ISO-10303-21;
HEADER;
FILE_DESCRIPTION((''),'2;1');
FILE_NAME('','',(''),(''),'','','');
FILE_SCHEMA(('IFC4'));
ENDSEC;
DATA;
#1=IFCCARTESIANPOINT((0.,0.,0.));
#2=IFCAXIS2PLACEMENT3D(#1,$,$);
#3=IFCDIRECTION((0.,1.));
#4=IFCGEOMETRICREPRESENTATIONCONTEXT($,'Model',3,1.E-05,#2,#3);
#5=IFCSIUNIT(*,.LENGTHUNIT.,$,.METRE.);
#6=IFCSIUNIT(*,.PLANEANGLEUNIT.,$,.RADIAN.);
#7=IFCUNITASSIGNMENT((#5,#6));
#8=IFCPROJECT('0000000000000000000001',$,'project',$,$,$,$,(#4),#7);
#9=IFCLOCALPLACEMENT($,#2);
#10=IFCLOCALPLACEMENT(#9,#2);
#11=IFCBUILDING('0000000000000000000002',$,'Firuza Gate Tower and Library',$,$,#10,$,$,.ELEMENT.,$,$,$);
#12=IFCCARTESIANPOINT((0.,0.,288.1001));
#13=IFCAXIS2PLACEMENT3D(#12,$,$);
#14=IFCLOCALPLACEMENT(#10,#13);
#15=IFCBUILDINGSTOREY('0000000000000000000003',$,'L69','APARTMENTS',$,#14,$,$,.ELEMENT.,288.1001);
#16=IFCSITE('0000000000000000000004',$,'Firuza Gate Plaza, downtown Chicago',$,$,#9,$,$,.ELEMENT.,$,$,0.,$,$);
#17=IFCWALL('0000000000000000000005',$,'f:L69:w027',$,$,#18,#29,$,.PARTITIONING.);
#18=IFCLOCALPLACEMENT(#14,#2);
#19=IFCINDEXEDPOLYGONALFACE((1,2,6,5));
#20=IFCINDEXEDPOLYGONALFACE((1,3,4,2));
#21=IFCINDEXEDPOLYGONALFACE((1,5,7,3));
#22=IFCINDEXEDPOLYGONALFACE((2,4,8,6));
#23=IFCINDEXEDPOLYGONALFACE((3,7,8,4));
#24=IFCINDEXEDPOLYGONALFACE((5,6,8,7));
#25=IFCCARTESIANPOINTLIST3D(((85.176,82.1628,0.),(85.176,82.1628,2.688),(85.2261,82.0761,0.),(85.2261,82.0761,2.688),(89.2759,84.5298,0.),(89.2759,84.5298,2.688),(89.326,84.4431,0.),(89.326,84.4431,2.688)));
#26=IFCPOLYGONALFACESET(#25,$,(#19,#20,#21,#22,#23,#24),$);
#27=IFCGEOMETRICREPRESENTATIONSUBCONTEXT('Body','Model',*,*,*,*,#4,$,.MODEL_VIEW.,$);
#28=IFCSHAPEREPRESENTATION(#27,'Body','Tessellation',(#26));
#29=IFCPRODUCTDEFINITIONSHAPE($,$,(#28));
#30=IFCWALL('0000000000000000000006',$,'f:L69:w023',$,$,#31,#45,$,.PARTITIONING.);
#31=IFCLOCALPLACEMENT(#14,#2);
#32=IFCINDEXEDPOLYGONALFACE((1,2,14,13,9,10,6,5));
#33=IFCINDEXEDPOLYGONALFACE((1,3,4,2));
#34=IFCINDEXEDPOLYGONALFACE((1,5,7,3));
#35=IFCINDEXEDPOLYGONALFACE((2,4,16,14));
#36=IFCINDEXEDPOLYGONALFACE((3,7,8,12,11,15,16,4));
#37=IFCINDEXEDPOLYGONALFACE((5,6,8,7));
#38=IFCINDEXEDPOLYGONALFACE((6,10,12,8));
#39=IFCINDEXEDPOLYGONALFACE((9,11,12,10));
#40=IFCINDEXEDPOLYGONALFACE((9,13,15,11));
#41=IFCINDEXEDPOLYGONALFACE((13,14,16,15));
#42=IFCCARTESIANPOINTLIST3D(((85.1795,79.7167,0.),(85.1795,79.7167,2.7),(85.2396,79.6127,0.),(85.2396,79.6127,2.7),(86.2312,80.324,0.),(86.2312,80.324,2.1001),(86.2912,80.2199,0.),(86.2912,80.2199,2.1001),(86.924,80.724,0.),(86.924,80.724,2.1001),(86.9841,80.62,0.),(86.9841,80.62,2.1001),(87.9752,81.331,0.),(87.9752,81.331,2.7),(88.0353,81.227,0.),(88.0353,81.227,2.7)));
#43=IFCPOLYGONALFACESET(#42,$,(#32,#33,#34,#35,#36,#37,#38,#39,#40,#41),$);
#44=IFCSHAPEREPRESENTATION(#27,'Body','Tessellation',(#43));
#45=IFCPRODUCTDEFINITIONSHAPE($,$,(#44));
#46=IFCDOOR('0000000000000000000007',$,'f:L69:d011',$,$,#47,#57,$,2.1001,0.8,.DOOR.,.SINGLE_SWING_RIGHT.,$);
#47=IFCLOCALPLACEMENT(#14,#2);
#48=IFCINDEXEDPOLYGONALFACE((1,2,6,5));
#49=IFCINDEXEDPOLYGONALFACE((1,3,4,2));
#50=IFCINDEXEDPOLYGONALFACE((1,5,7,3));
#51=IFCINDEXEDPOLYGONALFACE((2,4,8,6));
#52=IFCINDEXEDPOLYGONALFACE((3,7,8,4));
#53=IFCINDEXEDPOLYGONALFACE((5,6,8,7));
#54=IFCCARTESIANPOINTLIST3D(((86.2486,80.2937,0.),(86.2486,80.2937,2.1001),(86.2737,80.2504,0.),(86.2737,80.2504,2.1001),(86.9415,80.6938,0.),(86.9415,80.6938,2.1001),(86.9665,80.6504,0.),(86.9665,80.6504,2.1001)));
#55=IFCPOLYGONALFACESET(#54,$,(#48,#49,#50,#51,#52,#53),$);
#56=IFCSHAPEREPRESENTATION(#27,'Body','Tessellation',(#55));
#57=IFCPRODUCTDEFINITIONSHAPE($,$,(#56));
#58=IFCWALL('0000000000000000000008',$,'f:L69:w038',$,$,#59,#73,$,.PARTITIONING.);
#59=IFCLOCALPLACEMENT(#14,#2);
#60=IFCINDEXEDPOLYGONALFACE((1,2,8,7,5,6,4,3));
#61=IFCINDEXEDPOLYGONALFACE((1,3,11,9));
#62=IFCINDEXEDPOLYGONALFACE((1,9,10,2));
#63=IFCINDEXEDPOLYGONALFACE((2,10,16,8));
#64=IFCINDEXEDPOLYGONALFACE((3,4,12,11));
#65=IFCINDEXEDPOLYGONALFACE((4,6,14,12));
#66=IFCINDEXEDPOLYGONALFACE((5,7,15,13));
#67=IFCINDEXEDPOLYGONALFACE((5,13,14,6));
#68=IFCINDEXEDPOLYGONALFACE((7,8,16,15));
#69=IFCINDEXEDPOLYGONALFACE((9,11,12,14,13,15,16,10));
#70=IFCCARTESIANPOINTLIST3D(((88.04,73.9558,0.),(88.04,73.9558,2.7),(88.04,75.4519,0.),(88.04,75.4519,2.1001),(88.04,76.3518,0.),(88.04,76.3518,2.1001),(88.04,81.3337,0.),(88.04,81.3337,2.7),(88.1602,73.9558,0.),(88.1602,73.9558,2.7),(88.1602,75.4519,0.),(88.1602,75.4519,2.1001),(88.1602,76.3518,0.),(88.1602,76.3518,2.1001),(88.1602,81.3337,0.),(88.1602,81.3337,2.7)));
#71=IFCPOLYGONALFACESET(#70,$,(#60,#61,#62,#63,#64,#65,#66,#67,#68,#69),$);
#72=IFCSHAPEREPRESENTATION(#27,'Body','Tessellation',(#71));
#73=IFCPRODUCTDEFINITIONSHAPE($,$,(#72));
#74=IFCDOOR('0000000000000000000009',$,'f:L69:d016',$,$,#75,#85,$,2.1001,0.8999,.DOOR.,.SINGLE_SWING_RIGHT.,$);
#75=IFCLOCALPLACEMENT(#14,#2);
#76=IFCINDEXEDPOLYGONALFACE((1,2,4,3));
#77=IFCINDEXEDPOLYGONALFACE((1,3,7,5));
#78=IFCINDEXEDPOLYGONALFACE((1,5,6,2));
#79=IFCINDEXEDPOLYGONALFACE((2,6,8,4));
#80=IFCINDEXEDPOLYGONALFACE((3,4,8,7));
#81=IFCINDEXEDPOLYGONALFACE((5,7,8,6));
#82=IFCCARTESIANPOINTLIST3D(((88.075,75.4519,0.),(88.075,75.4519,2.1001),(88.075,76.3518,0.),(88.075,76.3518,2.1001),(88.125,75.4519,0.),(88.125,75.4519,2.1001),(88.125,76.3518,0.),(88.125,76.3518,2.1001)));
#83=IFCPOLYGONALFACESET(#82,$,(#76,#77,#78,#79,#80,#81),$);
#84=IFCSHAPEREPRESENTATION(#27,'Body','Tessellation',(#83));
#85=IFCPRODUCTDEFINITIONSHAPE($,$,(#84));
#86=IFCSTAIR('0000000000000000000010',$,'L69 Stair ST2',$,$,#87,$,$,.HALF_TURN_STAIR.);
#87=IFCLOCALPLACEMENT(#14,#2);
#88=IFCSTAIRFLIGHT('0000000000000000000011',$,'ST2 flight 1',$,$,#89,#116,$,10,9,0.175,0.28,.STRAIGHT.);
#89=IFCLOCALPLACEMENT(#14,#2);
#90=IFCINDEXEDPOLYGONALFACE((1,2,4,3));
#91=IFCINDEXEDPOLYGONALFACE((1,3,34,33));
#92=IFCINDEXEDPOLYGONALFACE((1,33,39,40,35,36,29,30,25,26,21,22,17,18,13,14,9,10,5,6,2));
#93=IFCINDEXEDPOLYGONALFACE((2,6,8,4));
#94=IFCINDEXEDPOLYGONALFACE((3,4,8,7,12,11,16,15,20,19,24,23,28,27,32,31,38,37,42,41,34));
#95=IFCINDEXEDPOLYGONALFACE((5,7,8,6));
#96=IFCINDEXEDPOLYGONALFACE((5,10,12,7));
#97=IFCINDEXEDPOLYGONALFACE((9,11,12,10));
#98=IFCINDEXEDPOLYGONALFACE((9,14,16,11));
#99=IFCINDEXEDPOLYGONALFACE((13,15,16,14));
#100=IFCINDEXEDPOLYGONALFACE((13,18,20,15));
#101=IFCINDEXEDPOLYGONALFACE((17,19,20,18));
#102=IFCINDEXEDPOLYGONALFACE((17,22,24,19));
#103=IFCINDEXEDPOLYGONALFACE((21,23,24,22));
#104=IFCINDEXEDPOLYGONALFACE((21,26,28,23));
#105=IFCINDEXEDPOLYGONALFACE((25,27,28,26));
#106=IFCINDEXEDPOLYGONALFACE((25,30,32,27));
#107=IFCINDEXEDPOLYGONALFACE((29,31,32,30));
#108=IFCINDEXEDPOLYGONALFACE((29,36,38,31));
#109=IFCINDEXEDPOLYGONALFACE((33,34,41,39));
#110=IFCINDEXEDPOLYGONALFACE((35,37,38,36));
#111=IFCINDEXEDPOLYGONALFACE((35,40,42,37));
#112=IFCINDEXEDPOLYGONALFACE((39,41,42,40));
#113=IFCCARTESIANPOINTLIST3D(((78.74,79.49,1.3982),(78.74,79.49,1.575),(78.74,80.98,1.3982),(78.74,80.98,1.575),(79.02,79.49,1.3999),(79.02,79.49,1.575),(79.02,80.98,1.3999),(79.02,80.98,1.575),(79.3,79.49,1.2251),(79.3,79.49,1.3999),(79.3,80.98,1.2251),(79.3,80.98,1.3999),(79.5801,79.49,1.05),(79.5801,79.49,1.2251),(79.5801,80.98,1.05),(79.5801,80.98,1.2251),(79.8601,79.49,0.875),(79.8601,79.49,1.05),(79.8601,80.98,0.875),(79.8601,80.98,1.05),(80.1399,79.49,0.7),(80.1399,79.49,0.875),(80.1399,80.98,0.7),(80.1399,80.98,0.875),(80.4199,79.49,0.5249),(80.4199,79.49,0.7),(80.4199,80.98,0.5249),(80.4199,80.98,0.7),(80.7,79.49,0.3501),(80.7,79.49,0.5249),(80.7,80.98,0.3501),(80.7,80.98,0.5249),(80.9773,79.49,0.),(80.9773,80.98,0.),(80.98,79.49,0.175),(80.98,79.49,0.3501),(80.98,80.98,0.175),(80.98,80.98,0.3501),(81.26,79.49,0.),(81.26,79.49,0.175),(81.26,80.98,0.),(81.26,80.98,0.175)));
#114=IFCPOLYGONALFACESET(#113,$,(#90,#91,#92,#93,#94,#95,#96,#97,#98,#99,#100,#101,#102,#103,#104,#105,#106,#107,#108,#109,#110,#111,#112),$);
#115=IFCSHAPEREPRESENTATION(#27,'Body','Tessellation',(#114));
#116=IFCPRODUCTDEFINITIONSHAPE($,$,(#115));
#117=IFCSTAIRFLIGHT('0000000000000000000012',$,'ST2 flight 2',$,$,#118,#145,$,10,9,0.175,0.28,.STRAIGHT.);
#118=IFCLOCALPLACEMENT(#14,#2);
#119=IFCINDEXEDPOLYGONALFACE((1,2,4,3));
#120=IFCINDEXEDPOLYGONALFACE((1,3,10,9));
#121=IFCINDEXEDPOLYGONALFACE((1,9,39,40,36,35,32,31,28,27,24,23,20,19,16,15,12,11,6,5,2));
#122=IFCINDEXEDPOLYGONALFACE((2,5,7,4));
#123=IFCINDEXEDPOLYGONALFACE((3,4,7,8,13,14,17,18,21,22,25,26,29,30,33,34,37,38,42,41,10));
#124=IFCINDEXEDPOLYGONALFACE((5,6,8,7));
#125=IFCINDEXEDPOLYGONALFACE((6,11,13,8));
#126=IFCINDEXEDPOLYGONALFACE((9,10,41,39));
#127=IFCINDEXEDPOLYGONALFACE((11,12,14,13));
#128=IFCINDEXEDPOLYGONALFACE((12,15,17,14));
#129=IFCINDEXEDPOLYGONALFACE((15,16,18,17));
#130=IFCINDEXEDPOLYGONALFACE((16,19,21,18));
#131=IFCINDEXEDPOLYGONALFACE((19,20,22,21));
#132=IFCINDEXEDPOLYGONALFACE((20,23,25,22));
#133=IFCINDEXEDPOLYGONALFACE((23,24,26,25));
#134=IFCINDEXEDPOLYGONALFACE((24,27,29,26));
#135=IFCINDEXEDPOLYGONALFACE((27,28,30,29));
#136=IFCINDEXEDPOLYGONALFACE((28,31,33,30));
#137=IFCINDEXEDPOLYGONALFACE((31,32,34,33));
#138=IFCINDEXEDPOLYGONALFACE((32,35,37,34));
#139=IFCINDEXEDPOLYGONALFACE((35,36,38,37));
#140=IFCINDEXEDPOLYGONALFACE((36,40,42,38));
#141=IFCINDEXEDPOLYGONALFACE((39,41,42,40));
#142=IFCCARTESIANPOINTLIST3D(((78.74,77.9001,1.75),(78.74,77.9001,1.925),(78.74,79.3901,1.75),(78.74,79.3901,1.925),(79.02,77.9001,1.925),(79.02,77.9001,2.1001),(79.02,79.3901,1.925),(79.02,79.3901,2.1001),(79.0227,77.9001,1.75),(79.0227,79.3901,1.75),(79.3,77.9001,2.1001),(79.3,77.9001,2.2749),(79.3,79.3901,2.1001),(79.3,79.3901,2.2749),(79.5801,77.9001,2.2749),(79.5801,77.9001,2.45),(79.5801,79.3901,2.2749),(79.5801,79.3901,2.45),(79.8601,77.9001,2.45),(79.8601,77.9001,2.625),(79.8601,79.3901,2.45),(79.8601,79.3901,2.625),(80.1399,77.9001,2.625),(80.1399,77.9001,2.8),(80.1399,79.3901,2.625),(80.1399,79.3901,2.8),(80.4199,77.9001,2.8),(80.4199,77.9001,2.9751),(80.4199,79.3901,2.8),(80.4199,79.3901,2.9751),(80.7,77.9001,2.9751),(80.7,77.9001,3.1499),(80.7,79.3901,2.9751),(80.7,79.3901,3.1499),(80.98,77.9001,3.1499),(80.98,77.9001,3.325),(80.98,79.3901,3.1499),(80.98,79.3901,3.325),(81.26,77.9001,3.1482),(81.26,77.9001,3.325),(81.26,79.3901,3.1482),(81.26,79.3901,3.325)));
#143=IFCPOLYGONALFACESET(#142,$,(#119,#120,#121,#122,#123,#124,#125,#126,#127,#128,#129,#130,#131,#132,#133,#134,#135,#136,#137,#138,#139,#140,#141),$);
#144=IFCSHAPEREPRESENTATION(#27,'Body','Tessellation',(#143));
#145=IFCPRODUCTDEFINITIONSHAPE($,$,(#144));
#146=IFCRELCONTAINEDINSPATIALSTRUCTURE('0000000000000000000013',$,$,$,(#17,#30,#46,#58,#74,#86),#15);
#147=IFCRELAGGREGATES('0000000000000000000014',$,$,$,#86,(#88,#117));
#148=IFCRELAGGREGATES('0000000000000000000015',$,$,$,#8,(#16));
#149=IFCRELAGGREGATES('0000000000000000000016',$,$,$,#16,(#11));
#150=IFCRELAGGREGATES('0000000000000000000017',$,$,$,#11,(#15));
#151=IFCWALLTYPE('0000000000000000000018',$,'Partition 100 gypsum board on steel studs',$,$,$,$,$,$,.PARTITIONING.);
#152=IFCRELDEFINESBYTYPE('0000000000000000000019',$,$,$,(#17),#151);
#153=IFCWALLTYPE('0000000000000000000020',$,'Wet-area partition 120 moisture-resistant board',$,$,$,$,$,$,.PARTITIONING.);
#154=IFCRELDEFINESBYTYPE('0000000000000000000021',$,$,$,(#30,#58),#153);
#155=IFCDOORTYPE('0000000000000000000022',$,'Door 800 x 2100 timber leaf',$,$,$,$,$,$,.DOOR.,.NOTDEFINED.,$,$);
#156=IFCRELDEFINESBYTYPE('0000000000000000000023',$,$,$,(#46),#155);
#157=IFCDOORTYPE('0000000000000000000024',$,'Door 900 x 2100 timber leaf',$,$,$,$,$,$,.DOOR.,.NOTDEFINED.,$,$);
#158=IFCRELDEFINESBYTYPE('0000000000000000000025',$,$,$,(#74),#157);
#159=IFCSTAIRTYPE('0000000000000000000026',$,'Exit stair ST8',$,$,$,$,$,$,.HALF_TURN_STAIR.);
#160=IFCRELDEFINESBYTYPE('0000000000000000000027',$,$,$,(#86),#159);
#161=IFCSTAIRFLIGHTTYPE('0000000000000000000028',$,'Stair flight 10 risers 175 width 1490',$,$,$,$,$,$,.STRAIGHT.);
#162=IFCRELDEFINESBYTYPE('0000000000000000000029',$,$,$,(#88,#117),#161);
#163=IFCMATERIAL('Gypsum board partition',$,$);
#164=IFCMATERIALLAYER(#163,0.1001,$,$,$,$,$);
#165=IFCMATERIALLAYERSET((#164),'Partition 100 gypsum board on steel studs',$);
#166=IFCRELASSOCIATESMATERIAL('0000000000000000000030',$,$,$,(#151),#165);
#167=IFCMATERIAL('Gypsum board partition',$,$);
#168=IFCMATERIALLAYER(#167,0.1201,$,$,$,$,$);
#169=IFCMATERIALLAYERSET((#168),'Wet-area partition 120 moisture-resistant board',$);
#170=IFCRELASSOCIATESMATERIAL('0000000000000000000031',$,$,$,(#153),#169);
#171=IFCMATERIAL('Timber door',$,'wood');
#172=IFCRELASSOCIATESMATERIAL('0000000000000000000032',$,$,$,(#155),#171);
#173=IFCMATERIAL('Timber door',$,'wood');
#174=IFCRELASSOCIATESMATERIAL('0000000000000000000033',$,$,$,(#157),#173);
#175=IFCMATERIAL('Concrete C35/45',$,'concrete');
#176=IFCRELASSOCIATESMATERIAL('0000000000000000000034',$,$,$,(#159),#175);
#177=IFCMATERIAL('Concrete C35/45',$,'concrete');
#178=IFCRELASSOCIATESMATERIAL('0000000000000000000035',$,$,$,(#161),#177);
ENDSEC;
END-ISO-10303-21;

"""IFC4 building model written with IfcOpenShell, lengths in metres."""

from ifc_helpers import new_model, si_unit, direction, frame, frame_2d, origin, place, context, subcontext, project, spatial, polyline, rectangle, outline, extrude, material, layer, layer_set, type_object, element, fill, aggregate, save


model = new_model("IFC4")

# Units and contexts
model_context = context("Model", 3, precision=1e-05, world=origin(), true_north=direction((0.0, 1.0)))
body_context = subcontext(model_context, "Body", "Model", "MODEL_VIEW")
ifc_project = project(units=[si_unit("LENGTHUNIT", "METRE"), si_unit("PLANEANGLEUNIT", "RADIAN")], contexts=[model_context])

# Site, building, storey
site_placement = place(None, origin())
site = spatial("IfcSite", under=ifc_project, at=site_placement, Name="Firuza Gate Plaza, downtown Chicago", CompositionType="ELEMENT", RefElevation=0.0)
building_placement = place(site_placement, origin())
building = spatial("IfcBuilding", under=site, at=building_placement, Name="Firuza Gate Tower and Library", CompositionType="ELEMENT")
storey_placement = place(building_placement, frame((0.0, 0.0, 288.1001)))
storey = spatial("IfcBuildingStorey", under=building, at=storey_placement, Name="L69", Description="APARTMENTS", CompositionType="ELEMENT", Elevation=288.1001)

# Shared definitions
placement = place(storey_placement, origin())

# Wall
ifc_material_1 = material(Name="Gypsum board partition")
ifc_layer_1 = layer(ifc_material_1, 0.1001)
ifc_layer_set_1 = layer_set([ifc_layer_1], Name="Partition 100 gypsum board on steel studs")
wall_type_1 = type_object("IfcWallType", Name="Partition 100 gypsum board on steel studs", PredefinedType="PARTITIONING", material=ifc_layer_set_1)
wall_1_placement = place(storey_placement, frame((85.2009, 82.1194, 0.0), z_axis=(0.0, 0.0, 1.0), x_axis=(0.866035, 0.499983, 0.0)))
element("IfcWall", 1, at=wall_1_placement, inside=storey, type_object=wall_type_1, Name="f:L69:w027", PredefinedType="PARTITIONING", context=body_context, shape_type="SweptSolid", body=[
    extrude(rectangle(XDim=4.7341, YDim=0.1001, at=frame_2d((2.3672, 0.0))), origin(), (0.0, 0.0, 1.0), 2.688),
])

# Walls, openings, doors
ifc_material_2 = material(Name="Gypsum board partition")
ifc_layer_2 = layer(ifc_material_2, 0.1201)
ifc_layer_set_2 = layer_set([ifc_layer_2], Name="Wet-area partition 120 moisture-resistant board")
wall_type_2 = type_object("IfcWallType", Name="Wet-area partition 120 moisture-resistant board", PredefinedType="PARTITIONING", material=ifc_layer_set_2)
wall_2_placement = place(storey_placement, frame((88.0054, 81.2791, 0.0), z_axis=(0.0, 0.0, 1.0), x_axis=(-0.866, -0.500043, 0.0)))
wall_2 = element("IfcWall", 2, at=wall_2_placement, inside=storey, type_object=wall_type_2, Name="f:L69:w023", PredefinedType="PARTITIONING", context=body_context, shape_type="SweptSolid", body=[
    extrude(rectangle(XDim=3.2283, YDim=0.1201, at=frame_2d((1.6143, 0.0))), origin(), (0.0, 0.0, 1.0), 2.7),
])
opening_1_placement = place(wall_2_placement, frame((1.2141, 0.0, 0.0)))
opening_1 = element("IfcOpeningElement", 3, at=opening_1_placement, cuts=wall_2, PredefinedType="OPENING", context=body_context, shape_type="SweptSolid", body=[
    extrude(rectangle(XDim=0.8, YDim=2.1001, at=frame_2d((0.3999, 1.05))), frame((0.0, 0.0701, 0.0), z_axis=(0.0, -1.0, 0.0), x_axis=(1.0, 0.0, 0.0)), (0.0, 0.0, 1.0), 0.1401),
])
ifc_material_3 = material(Name="Timber door", Category="wood")
door_type_1 = type_object("IfcDoorType", Name="Door 800 x 2100 timber leaf", OperationType="NOTDEFINED", PredefinedType="DOOR", material=ifc_material_3)
door_1_placement = place(opening_1_placement, origin())
door_1 = element("IfcDoor", 4, at=door_1_placement, inside=storey, type_object=door_type_1, Name="f:L69:d011", OperationType="SINGLE_SWING_RIGHT", OverallHeight=2.1001, OverallWidth=0.8, PredefinedType="DOOR", context=body_context, shape_type="SweptSolid", body=[
    extrude(rectangle(XDim=0.8, YDim=2.1001, at=frame_2d((0.3999, 1.05))), frame((0.0, 0.0249, 0.0), z_axis=(0.0, -1.0, 0.0), x_axis=(1.0, 0.0, 0.0)), (0.0, 0.0, 1.0), 0.05),
])
fill(opening_1, door_1)
wall_3_placement = place(storey_placement, frame((88.1001, 81.3337, 0.0), z_axis=(0.0, 0.0, 1.0), x_axis=(0.0, -1.0, 0.0)))
wall_3 = element("IfcWall", 5, at=wall_3_placement, inside=storey, type_object=wall_type_2, Name="f:L69:w038", PredefinedType="PARTITIONING", context=body_context, shape_type="SweptSolid", body=[
    extrude(rectangle(XDim=7.3779, YDim=0.1201, at=frame_2d((3.689, 0.0))), origin(), (0.0, 0.0, 1.0), 2.7),
])
opening_2_placement = place(wall_3_placement, frame((4.9819, 0.0, 0.0)))
opening_2 = element("IfcOpeningElement", 6, at=opening_2_placement, cuts=wall_3, PredefinedType="OPENING", context=body_context, shape_type="SweptSolid", body=[
    extrude(rectangle(XDim=0.8999, YDim=2.1001, at=frame_2d((0.45, 1.05))), frame((0.0, 0.0701, 0.0), z_axis=(0.0, -1.0, 0.0), x_axis=(1.0, 0.0, 0.0)), (0.0, 0.0, 1.0), 0.1401),
])
ifc_material_4 = material(Name="Timber door", Category="wood")
door_type_2 = type_object("IfcDoorType", Name="Door 900 x 2100 timber leaf", OperationType="NOTDEFINED", PredefinedType="DOOR", material=ifc_material_4)
door_2_placement = place(opening_2_placement, origin())
door_2 = element("IfcDoor", 7, at=door_2_placement, inside=storey, type_object=door_type_2, Name="f:L69:d016", OperationType="SINGLE_SWING_RIGHT", OverallHeight=2.1001, OverallWidth=0.8999, PredefinedType="DOOR", context=body_context, shape_type="SweptSolid", body=[
    extrude(rectangle(XDim=0.8999, YDim=2.1001, at=frame_2d((0.45, 1.05))), frame((0.0, 0.0249, 0.0), z_axis=(0.0, -1.0, 0.0), x_axis=(1.0, 0.0, 0.0)), (0.0, 0.0, 1.0), 0.05),
])
fill(opening_2, door_2)

# Stair, stair flights
ifc_material_5 = material(Name="Concrete C35/45", Category="concrete")
stair_type = type_object("IfcStairType", Name="Exit stair ST8", PredefinedType="HALF_TURN_STAIR", material=ifc_material_5)
stair = element("IfcStair", 8, at=placement, inside=storey, type_object=stair_type, Name="L69 Stair ST2", PredefinedType="HALF_TURN_STAIR")
ifc_material_6 = material(Name="Concrete C35/45", Category="concrete")
stair_flight_type = type_object("IfcStairFlightType", Name="Stair flight 10 risers 175 width 1490", PredefinedType="STRAIGHT", material=ifc_material_6)
stair_flight_1_placement = place(storey_placement, frame((81.26, 80.2351, 0.0), z_axis=(0.0, 0.0, 1.0), x_axis=(-1.0, 0.0, 0.0)))
stair_flight_1 = element("IfcStairFlight", 9, at=stair_flight_1_placement, type_object=stair_flight_type, Name="ST2 flight 1", NumberOfRisers=10, NumberOfTreads=9, PredefinedType="STRAIGHT", RiserHeight=0.175, TreadLength=0.28, context=body_context, shape_type="SweptSolid", body=[
    extrude(outline(polyline([(0.0, 0.0), (0.0, 0.175), (0.28, 0.175), (0.28, 0.3501), (0.5601, 0.3501), (0.5601, 0.5249), (0.8401, 0.5249), (0.8401, 0.7), (1.1201, 0.7), (1.1201, 0.875), (1.3999, 0.875), (1.3999, 1.05), (1.6799, 1.05), (1.6799, 1.2251), (1.96, 1.2251), (1.96, 1.3999), (2.24, 1.3999), (2.24, 1.575), (2.52, 1.575), (2.52, 1.75), (2.52, 1.3982), (0.2827, 0.0), (0.0, 0.0)])), frame((0.0, 0.7451, 0.0), z_axis=(0.0, -1.0, 0.0), x_axis=(1.0, 0.0, 0.0)), (0.0, 0.0, 1.0), 1.49),
])
stair_flight_2_placement = place(storey_placement, frame((78.74, 78.645, 1.75), z_axis=(0.0, 0.0, 1.0), x_axis=(1.0, 0.0, 0.0)))
stair_flight_2 = element("IfcStairFlight", 10, at=stair_flight_2_placement, type_object=stair_flight_type, Name="ST2 flight 2", NumberOfRisers=10, NumberOfTreads=9, PredefinedType="STRAIGHT", RiserHeight=0.175, TreadLength=0.28, context=body_context, shape_type="SweptSolid", body=[
    extrude(outline(polyline([(0.0, 0.0), (0.0, 0.175), (0.28, 0.175), (0.28, 0.3501), (0.5601, 0.3501), (0.5601, 0.5249), (0.8401, 0.5249), (0.8401, 0.7), (1.1201, 0.7), (1.1201, 0.875), (1.3999, 0.875), (1.3999, 1.05), (1.6799, 1.05), (1.6799, 1.2251), (1.96, 1.2251), (1.96, 1.3999), (2.24, 1.3999), (2.24, 1.575), (2.52, 1.575), (2.52, 1.75), (2.52, 1.3982), (0.2827, 0.0), (0.0, 0.0)])), frame((0.0, 0.7451, 0.0), z_axis=(0.0, -1.0, 0.0), x_axis=(1.0, 0.0, 0.0)), (0.0, 0.0, 1.0), 1.49),
])
aggregate(stair, [stair_flight_1, stair_flight_2])

save(model, "model.ifc")
